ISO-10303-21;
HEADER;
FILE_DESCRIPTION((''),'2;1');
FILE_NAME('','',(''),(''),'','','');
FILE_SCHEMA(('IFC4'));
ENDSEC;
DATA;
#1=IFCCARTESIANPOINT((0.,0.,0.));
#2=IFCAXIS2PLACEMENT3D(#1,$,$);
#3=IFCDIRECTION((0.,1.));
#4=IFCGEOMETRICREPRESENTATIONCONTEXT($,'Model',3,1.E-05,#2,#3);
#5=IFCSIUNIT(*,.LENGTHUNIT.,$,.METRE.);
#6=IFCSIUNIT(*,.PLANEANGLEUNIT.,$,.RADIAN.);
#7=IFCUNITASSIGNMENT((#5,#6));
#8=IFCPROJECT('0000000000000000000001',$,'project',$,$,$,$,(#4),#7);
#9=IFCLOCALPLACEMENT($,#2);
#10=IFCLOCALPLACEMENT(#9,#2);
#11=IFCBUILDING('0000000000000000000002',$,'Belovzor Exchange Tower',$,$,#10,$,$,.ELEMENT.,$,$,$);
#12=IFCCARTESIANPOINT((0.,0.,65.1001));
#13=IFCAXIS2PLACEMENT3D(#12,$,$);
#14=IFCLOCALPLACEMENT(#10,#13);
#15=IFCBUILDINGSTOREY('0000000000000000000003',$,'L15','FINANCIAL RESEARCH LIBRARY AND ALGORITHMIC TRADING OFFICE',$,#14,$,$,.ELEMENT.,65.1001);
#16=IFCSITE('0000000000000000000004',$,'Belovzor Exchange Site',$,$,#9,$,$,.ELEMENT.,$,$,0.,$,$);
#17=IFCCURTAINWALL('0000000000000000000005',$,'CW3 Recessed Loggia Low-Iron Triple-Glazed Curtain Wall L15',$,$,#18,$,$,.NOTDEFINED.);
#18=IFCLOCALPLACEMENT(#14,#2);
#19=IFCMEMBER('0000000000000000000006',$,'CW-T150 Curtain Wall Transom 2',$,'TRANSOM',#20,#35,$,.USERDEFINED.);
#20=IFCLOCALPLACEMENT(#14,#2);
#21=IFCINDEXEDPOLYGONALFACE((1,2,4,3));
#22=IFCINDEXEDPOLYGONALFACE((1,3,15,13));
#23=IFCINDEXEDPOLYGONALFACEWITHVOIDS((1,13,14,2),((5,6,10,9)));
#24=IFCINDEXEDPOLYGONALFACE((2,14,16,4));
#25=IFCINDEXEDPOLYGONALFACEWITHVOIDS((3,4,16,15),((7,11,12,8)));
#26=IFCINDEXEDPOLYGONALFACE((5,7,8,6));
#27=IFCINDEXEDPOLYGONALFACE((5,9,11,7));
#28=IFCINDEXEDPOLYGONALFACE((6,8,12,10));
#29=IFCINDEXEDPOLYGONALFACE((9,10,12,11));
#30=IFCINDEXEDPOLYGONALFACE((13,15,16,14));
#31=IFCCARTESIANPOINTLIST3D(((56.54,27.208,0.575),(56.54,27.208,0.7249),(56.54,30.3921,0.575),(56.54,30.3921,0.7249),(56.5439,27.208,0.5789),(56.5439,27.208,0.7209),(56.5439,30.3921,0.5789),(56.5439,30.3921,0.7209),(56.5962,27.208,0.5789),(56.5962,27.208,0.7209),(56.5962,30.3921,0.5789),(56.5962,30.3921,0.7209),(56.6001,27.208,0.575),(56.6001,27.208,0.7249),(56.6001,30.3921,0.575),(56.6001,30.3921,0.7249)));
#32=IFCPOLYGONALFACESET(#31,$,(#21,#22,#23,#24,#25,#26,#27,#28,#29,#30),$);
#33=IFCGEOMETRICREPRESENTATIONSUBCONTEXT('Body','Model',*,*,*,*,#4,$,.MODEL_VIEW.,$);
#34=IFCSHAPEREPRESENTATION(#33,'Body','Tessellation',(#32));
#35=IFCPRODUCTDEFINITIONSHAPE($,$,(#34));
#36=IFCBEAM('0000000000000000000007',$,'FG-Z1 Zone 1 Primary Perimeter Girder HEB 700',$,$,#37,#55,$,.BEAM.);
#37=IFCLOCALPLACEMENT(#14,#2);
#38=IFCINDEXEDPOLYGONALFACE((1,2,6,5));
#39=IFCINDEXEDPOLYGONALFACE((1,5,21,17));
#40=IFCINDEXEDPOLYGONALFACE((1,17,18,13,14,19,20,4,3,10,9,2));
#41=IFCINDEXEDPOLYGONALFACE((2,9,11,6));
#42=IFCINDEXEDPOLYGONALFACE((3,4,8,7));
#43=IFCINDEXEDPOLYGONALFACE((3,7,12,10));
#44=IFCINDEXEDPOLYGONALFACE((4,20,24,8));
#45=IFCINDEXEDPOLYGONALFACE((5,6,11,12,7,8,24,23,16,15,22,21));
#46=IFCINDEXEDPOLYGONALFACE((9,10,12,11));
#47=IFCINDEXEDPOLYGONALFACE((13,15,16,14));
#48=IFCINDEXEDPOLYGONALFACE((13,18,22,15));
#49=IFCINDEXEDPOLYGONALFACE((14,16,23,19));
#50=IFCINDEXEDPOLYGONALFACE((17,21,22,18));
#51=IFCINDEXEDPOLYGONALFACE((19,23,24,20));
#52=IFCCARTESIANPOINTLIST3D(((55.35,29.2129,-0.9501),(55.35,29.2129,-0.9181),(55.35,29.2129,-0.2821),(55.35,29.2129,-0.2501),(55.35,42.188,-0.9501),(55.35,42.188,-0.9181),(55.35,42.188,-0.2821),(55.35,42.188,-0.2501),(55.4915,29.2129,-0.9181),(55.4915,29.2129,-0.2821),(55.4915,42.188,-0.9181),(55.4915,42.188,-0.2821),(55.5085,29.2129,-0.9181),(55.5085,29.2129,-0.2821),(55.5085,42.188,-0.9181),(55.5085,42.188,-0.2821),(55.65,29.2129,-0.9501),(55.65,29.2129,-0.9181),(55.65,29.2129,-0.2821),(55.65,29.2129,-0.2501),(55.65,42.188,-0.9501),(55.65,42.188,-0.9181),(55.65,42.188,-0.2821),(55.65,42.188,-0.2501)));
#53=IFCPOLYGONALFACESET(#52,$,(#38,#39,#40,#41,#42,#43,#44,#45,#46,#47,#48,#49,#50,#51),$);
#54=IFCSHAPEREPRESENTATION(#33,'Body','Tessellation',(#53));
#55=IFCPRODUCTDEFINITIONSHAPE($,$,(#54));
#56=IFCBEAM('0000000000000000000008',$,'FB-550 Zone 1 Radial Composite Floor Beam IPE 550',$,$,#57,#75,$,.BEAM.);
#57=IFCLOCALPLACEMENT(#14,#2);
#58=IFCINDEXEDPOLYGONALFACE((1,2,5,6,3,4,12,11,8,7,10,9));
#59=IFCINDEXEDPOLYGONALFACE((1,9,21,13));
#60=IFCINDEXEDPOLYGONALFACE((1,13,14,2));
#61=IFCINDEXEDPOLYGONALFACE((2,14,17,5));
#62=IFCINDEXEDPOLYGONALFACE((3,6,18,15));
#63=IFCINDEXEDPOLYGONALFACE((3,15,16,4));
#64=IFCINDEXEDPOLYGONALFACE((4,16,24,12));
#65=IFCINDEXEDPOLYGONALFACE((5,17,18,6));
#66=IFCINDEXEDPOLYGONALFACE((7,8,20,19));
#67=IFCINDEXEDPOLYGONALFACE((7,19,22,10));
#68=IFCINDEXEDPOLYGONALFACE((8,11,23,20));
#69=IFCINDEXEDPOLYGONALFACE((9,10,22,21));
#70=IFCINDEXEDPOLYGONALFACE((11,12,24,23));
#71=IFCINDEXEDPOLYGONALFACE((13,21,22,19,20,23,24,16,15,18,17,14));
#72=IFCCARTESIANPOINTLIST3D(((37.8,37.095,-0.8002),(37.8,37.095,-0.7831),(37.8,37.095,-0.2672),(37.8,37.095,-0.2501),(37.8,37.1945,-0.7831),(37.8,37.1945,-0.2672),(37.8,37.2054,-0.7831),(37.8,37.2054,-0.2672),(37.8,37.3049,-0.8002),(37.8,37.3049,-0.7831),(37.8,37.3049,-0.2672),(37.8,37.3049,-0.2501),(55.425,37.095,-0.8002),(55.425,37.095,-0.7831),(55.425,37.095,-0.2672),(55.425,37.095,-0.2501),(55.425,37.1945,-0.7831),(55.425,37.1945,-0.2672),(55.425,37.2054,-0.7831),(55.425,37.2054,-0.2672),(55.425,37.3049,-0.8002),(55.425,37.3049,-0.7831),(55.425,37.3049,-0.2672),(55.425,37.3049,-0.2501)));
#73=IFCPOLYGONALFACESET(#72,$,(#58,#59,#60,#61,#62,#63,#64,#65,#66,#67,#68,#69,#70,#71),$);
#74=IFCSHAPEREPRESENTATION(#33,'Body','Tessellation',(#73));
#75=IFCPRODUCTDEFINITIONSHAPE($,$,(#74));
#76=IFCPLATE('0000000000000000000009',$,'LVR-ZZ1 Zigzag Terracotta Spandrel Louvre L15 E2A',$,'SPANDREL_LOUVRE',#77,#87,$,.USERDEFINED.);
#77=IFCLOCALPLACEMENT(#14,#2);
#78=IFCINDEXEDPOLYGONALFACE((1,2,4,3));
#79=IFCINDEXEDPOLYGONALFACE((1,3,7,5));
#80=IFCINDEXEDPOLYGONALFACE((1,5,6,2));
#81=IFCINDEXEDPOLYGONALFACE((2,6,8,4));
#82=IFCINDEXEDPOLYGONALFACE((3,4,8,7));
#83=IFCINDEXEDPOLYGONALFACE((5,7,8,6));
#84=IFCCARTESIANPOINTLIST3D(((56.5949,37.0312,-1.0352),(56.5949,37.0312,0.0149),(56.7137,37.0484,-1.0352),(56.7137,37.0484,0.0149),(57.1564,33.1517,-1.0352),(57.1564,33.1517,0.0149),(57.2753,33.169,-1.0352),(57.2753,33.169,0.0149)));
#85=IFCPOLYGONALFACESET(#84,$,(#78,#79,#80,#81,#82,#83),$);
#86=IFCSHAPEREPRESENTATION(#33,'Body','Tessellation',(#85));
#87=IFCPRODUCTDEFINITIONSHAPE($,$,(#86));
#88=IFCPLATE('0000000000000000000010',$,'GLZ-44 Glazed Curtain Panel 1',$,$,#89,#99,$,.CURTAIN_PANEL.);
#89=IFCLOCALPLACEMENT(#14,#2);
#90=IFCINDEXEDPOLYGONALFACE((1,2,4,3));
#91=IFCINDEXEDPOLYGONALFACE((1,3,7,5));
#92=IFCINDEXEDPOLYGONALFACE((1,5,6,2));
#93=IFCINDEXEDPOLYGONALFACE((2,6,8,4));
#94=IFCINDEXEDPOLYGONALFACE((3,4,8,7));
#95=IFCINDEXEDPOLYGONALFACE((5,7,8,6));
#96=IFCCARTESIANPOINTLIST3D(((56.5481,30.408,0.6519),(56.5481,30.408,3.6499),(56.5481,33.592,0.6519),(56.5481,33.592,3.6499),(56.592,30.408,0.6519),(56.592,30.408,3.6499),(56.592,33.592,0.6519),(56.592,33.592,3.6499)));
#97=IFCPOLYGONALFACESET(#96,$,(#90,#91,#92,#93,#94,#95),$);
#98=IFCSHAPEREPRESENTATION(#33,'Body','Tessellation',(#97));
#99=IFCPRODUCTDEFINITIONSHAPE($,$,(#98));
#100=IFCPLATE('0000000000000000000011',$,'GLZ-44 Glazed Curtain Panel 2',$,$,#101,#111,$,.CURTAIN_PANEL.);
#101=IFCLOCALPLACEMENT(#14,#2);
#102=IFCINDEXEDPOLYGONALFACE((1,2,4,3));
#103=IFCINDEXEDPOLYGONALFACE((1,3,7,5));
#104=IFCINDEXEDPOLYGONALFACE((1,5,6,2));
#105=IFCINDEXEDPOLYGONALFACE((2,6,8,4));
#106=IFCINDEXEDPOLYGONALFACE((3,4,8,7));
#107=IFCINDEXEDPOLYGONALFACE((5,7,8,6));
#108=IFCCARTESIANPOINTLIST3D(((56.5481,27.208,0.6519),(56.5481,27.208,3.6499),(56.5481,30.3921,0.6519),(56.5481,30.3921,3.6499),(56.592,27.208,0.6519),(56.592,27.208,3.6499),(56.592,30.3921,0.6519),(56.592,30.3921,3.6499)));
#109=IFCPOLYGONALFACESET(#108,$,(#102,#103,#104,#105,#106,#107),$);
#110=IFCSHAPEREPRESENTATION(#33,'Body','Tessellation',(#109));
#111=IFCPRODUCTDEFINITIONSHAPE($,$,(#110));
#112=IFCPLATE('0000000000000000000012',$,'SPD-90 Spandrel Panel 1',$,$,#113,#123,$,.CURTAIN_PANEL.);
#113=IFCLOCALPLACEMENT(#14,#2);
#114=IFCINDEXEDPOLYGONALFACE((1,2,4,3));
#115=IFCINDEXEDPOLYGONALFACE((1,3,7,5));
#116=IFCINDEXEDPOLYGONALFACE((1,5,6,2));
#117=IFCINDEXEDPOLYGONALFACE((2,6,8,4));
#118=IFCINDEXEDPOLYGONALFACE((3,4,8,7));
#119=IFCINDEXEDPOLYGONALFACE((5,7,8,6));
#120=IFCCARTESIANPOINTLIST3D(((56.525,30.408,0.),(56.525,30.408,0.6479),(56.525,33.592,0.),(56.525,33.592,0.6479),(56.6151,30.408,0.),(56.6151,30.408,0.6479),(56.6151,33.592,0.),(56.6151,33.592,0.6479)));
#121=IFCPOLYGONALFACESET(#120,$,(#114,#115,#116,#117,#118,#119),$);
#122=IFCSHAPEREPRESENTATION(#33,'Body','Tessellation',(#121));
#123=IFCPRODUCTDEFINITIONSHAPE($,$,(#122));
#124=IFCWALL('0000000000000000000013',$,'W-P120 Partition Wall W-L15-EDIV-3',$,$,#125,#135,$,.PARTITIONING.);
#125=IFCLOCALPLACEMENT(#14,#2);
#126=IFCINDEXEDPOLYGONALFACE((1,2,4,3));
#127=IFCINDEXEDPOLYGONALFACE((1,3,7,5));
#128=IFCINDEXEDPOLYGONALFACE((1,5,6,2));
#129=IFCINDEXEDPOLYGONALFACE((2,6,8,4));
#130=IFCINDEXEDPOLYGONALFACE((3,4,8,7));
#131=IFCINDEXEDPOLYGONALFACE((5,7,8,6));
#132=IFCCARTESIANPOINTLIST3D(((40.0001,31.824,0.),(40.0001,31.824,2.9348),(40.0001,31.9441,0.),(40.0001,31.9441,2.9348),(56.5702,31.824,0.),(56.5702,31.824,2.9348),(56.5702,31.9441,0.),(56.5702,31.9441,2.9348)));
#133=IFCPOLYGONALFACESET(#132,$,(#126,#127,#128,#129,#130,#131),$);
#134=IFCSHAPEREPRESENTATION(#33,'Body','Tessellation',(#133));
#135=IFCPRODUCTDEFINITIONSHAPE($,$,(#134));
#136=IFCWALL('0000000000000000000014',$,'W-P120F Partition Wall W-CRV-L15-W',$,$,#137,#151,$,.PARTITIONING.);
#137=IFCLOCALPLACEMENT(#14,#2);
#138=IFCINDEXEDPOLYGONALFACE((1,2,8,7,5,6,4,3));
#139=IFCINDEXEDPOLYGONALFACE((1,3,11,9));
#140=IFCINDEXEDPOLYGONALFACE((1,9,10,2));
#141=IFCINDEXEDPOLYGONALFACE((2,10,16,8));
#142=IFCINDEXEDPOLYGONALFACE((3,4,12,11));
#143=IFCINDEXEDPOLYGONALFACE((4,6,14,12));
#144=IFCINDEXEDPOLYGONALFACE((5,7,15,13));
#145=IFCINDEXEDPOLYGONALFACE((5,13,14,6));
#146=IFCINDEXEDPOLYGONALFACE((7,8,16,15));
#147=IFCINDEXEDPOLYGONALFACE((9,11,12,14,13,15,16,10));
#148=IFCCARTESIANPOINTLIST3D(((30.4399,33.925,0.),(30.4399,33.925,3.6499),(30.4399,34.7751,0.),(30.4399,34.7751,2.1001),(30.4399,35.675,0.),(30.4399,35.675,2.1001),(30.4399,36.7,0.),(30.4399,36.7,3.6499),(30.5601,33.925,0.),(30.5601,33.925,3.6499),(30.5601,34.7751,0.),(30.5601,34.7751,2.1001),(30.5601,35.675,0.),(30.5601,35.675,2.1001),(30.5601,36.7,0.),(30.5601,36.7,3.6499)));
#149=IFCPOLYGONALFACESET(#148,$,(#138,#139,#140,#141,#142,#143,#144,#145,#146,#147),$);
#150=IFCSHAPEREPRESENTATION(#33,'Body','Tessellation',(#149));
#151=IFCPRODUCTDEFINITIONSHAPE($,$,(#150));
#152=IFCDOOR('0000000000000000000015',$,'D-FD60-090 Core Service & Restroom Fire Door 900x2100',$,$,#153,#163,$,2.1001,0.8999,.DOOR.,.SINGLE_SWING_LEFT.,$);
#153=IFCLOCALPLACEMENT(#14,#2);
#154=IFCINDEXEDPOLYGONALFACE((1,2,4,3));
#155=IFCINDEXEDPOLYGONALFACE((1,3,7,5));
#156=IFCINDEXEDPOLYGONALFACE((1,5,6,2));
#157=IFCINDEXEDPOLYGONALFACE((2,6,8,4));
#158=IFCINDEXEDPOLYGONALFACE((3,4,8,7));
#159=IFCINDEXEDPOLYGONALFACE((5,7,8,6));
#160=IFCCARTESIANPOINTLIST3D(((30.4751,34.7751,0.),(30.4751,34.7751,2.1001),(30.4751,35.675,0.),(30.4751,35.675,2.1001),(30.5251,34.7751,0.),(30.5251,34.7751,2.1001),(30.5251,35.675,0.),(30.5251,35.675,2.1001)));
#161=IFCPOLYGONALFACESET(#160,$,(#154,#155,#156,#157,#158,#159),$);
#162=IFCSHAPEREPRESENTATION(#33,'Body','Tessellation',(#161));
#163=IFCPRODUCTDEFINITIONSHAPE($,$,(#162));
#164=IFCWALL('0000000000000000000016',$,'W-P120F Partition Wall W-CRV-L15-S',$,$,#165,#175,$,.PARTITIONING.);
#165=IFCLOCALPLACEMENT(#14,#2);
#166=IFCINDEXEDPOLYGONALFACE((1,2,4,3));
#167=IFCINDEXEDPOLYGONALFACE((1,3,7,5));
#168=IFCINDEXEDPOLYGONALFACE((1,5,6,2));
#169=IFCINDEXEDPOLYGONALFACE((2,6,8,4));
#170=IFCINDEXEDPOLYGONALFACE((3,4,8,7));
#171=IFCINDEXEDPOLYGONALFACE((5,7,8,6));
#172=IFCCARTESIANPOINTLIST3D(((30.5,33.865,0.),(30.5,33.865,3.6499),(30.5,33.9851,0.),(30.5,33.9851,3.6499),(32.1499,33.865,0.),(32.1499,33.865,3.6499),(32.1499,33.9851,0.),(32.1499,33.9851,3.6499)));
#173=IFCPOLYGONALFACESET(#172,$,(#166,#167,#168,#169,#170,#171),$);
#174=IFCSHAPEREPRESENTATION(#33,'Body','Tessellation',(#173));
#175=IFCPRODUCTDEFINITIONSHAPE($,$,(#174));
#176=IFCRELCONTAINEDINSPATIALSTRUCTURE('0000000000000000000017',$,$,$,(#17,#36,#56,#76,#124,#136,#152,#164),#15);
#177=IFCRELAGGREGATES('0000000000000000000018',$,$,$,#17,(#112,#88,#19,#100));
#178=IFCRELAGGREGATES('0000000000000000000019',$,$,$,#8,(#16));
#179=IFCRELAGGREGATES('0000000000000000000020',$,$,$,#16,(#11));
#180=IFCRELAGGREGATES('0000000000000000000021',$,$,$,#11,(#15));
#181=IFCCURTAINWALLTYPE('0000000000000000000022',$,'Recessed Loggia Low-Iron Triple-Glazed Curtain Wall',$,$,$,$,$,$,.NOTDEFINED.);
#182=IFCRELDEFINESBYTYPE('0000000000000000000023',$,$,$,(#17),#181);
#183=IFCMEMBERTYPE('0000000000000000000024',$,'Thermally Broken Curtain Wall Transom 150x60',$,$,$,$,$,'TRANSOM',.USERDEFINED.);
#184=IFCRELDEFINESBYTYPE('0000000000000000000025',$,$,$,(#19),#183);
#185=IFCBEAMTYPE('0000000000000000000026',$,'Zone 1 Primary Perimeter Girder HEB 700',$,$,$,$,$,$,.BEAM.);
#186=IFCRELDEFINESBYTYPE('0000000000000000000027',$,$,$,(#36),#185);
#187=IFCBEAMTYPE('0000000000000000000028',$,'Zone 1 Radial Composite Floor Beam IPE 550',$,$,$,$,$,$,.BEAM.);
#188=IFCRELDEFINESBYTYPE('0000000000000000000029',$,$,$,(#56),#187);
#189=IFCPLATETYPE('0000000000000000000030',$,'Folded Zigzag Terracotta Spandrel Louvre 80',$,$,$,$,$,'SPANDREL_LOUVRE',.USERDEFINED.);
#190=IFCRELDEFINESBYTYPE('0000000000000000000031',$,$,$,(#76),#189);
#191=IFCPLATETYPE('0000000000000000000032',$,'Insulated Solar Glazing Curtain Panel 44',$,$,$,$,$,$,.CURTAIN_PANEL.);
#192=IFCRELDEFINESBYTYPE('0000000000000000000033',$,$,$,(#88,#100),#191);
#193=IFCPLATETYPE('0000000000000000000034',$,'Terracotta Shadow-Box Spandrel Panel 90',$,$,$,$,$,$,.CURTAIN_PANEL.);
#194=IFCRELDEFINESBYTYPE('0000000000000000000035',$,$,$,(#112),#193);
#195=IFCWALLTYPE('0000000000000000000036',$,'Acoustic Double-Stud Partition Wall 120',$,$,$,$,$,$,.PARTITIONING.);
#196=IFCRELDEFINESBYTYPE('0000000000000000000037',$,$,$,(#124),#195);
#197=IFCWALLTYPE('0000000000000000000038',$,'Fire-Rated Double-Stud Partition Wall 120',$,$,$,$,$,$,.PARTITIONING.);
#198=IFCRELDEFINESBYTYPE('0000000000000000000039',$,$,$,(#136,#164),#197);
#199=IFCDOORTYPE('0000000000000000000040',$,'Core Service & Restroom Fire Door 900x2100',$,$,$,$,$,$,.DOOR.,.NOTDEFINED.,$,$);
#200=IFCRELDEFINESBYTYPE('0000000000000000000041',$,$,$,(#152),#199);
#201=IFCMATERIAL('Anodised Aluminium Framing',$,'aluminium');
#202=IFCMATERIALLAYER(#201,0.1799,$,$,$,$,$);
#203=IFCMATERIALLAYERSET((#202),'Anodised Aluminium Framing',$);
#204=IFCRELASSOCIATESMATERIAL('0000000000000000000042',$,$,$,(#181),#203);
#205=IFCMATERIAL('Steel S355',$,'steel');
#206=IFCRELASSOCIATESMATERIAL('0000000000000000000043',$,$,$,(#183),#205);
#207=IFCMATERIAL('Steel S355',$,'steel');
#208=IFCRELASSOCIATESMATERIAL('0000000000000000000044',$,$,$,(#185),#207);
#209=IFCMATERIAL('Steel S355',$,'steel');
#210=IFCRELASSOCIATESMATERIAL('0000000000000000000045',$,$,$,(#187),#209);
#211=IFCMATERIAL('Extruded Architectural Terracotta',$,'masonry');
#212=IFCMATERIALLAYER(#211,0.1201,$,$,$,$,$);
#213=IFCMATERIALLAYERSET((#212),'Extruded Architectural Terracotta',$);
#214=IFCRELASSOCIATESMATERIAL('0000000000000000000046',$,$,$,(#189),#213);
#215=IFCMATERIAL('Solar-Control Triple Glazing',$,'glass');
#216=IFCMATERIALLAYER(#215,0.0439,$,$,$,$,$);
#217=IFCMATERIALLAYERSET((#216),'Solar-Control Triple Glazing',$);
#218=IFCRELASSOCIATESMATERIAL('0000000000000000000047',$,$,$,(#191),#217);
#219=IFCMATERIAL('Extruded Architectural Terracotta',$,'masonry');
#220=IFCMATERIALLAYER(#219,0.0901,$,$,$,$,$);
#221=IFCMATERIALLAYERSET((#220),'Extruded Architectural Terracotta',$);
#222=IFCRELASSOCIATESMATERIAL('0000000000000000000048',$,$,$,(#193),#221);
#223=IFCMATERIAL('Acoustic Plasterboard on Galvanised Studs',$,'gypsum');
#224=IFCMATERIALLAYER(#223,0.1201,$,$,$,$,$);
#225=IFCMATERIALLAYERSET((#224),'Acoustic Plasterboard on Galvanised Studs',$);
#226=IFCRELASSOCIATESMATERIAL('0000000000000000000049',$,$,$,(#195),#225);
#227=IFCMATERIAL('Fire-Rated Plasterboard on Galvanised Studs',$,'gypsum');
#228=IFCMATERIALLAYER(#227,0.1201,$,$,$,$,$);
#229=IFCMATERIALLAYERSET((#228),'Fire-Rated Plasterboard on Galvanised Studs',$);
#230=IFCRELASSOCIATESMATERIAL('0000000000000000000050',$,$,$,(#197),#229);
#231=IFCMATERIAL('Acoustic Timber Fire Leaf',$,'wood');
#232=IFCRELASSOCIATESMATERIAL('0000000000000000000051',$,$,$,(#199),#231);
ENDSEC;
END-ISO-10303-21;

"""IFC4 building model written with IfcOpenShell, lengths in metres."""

from ifc_helpers import new_model, si_unit, direction, frame, frame_2d, origin, origin_2d, place, context, subcontext, project, spatial, rectangle, hollow_rectangle, i_section, extrude, material, layer, layer_set, material_profile, profile_set, type_object, element, fill, aggregate, save


model = new_model("IFC4")

# Units and contexts
model_context = context("Model", 3, precision=1e-05, world=origin(), true_north=direction((0.0, 1.0)))
body_context = subcontext(model_context, "Body", "Model", "MODEL_VIEW")
ifc_project = project(units=[si_unit("LENGTHUNIT", "METRE"), si_unit("PLANEANGLEUNIT", "RADIAN")], contexts=[model_context])

# Site, building, storey
site_placement = place(None, origin())
site = spatial("IfcSite", under=ifc_project, at=site_placement, Name="Belovzor Exchange Site", CompositionType="ELEMENT", RefElevation=0.0)
building_placement = place(site_placement, origin())
building = spatial("IfcBuilding", under=site, at=building_placement, Name="Belovzor Exchange Tower", CompositionType="ELEMENT")
storey_placement = place(building_placement, frame((0.0, 0.0, 65.1001)))
storey = spatial("IfcBuildingStorey", under=building, at=storey_placement, Name="L15", Description="FINANCIAL RESEARCH LIBRARY AND ALGORITHMIC TRADING OFFICE", CompositionType="ELEMENT", Elevation=65.1001)

# Curtain wall, member
ifc_material_1 = material(Name="Anodised Aluminium Framing", Category="aluminium")
ifc_layer_1 = layer(ifc_material_1, 0.1799)
ifc_layer_set_1 = layer_set([ifc_layer_1], Name="Anodised Aluminium Framing")
curtain_wall_type = type_object("IfcCurtainWallType", Name="Recessed Loggia Low-Iron Triple-Glazed Curtain Wall", PredefinedType="NOTDEFINED", material=ifc_layer_set_1)
curtain_wall_placement = place(storey_placement, origin())
curtain_wall = element("IfcCurtainWall", 1, at=curtain_wall_placement, inside=storey, type_object=curtain_wall_type, Name="CW3 Recessed Loggia Low-Iron Triple-Glazed Curtain Wall L15", PredefinedType="NOTDEFINED")
ifc_material_2 = material(Name="Steel S355", Category="steel")
ifc_material_profile_1 = material_profile(ifc_material_2, hollow_rectangle(XDim=0.0601, YDim=0.1499, WallThickness=0.0039, at=origin_2d()))
ifc_profile_set_1 = profile_set([ifc_material_profile_1], Name="Steel S355")
member_type_1 = type_object("IfcMemberType", Name="Thermally Broken Curtain Wall Transom 150x60", ElementType="TRANSOM", PredefinedType="USERDEFINED", material=ifc_profile_set_1)
member_1_placement = place(storey_placement, frame((56.5701, 30.3921, 0.6499), z_axis=(0.0, -1.0, 0.0), x_axis=(1.0, 0.0, 0.0)))
member_1 = element("IfcMember", 2, at=member_1_placement, type_object=member_type_1, Name="CW-T150 Curtain Wall Transom 2", ObjectType="TRANSOM", PredefinedType="USERDEFINED", context=body_context, shape_type="SweptSolid", body=[
    extrude(hollow_rectangle(XDim=0.0601, YDim=0.1499, WallThickness=0.0039, at=origin_2d()), origin(), (0.0, 0.0, 1.0), 3.1841),
])

# Beams
ifc_material_3 = material(Name="Steel S355", Category="steel")
ifc_material_profile_2 = material_profile(ifc_material_3, i_section(OverallWidth=0.3, OverallDepth=0.7, WebThickness=0.0171, FlangeThickness=0.032, at=origin_2d()))
ifc_profile_set_2 = profile_set([ifc_material_profile_2], Name="Steel S355")
beam_type_1 = type_object("IfcBeamType", Name="Zone 1 Primary Perimeter Girder HEB 700", PredefinedType="BEAM", material=ifc_profile_set_2)
beam_1_placement = place(storey_placement, frame((55.5, 29.2129, -0.6001), z_axis=(0.0, 1.0, 0.0), x_axis=(-1.0, 0.0, 0.0)))
element("IfcBeam", 3, at=beam_1_placement, inside=storey, type_object=beam_type_1, Name="FG-Z1 Zone 1 Primary Perimeter Girder HEB 700", PredefinedType="BEAM", context=body_context, shape_type="SweptSolid", body=[
    extrude(i_section(OverallWidth=0.3, OverallDepth=0.7, WebThickness=0.0171, FlangeThickness=0.032, at=origin_2d()), origin(), (0.0, 0.0, 1.0), 12.9751),
])
ifc_material_4 = material(Name="Steel S355", Category="steel")
ifc_material_profile_3 = material_profile(ifc_material_4, i_section(OverallWidth=0.21, OverallDepth=0.55, WebThickness=0.011, FlangeThickness=0.0171, at=origin_2d()))
ifc_profile_set_3 = profile_set([ifc_material_profile_3], Name="Steel S355")
beam_type_2 = type_object("IfcBeamType", Name="Zone 1 Radial Composite Floor Beam IPE 550", PredefinedType="BEAM", material=ifc_profile_set_3)
beam_2_placement = place(storey_placement, frame((37.8, 37.2, -0.5251), z_axis=(1.0, 0.0, 0.0), x_axis=(0.0, 1.0, 0.0)))
element("IfcBeam", 4, at=beam_2_placement, inside=storey, type_object=beam_type_2, Name="FB-550 Zone 1 Radial Composite Floor Beam IPE 550", PredefinedType="BEAM", context=body_context, shape_type="SweptSolid", body=[
    extrude(i_section(OverallWidth=0.21, OverallDepth=0.55, WebThickness=0.011, FlangeThickness=0.0171, at=origin_2d()), origin(), (0.0, 0.0, 1.0), 17.625),
])

# Plates
ifc_material_5 = material(Name="Extruded Architectural Terracotta", Category="masonry")
ifc_layer_2 = layer(ifc_material_5, 0.1201)
ifc_layer_set_2 = layer_set([ifc_layer_2], Name="Extruded Architectural Terracotta")
plate_type_1 = type_object("IfcPlateType", Name="Folded Zigzag Terracotta Spandrel Louvre 80", ElementType="SPANDREL_LOUVRE", PredefinedType="USERDEFINED", material=ifc_layer_set_2)
plate_1_placement = place(storey_placement, frame((56.9351, 35.1001, -1.0352), z_axis=(0.0, 0.0, 1.0), x_axis=(-0.143251, 0.989686, 0.0)))
element("IfcPlate", 5, at=plate_1_placement, inside=storey, type_object=plate_type_1, Name="LVR-ZZ1 Zigzag Terracotta Spandrel Louvre L15 E2A", ObjectType="SPANDREL_LOUVRE", PredefinedType="USERDEFINED", context=body_context, shape_type="SweptSolid", body=[
    extrude(rectangle(XDim=3.9199, YDim=0.1201, at=origin_2d()), origin(), (0.0, 0.0, 1.0), 1.05),
])
ifc_material_6 = material(Name="Solar-Control Triple Glazing", Category="glass")
ifc_layer_3 = layer(ifc_material_6, 0.0439)
ifc_layer_set_3 = layer_set([ifc_layer_3], Name="Solar-Control Triple Glazing")
plate_type_2 = type_object("IfcPlateType", Name="Insulated Solar Glazing Curtain Panel 44", PredefinedType="CURTAIN_PANEL", material=ifc_layer_set_3)
plate_2_placement = place(storey_placement, frame((56.5701, 32.0, 0.6519), z_axis=(0.0, 0.0, 1.0), x_axis=(0.0, -1.0, 0.0)))
plate_2 = element("IfcPlate", 6, at=plate_2_placement, type_object=plate_type_2, Name="GLZ-44 Glazed Curtain Panel 1", PredefinedType="CURTAIN_PANEL", context=body_context, shape_type="SweptSolid", body=[
    extrude(rectangle(XDim=3.1841, YDim=0.0439, at=origin_2d()), origin(), (0.0, 0.0, 1.0), 2.998),
])
plate_3_placement = place(storey_placement, frame((56.5701, 28.8, 0.6519), z_axis=(0.0, 0.0, 1.0), x_axis=(0.0, -1.0, 0.0)))
plate_3 = element("IfcPlate", 7, at=plate_3_placement, type_object=plate_type_2, Name="GLZ-44 Glazed Curtain Panel 2", PredefinedType="CURTAIN_PANEL", context=body_context, shape_type="SweptSolid", body=[
    extrude(rectangle(XDim=3.1841, YDim=0.0439, at=origin_2d()), origin(), (0.0, 0.0, 1.0), 2.998),
])
ifc_material_7 = material(Name="Extruded Architectural Terracotta", Category="masonry")
ifc_layer_4 = layer(ifc_material_7, 0.0901)
ifc_layer_set_4 = layer_set([ifc_layer_4], Name="Extruded Architectural Terracotta")
plate_type_3 = type_object("IfcPlateType", Name="Terracotta Shadow-Box Spandrel Panel 90", PredefinedType="CURTAIN_PANEL", material=ifc_layer_set_4)
plate_4_placement = place(storey_placement, frame((56.5701, 32.0, 0.0), z_axis=(0.0, 0.0, 1.0), x_axis=(0.0, -1.0, 0.0)))
plate_4 = element("IfcPlate", 8, at=plate_4_placement, type_object=plate_type_3, Name="SPD-90 Spandrel Panel 1", PredefinedType="CURTAIN_PANEL", context=body_context, shape_type="SweptSolid", body=[
    extrude(rectangle(XDim=3.1841, YDim=0.0901, at=origin_2d()), origin(), (0.0, 0.0, 1.0), 0.6479),
])
aggregate(curtain_wall, [plate_4, plate_2, member_1, plate_3])

# Wall
ifc_material_8 = material(Name="Acoustic Plasterboard on Galvanised Studs", Category="gypsum")
ifc_layer_5 = layer(ifc_material_8, 0.1201)
ifc_layer_set_5 = layer_set([ifc_layer_5], Name="Acoustic Plasterboard on Galvanised Studs")
wall_type_1 = type_object("IfcWallType", Name="Acoustic Double-Stud Partition Wall 120", PredefinedType="PARTITIONING", material=ifc_layer_set_5)
wall_1_placement = place(storey_placement, frame((40.0, 31.884, 0.0), z_axis=(0.0, 0.0, 1.0), x_axis=(1.0, 0.0, 0.0)))
element("IfcWall", 9, at=wall_1_placement, inside=storey, type_object=wall_type_1, Name="W-P120 Partition Wall W-L15-EDIV-3", PredefinedType="PARTITIONING", context=body_context, shape_type="SweptSolid", body=[
    extrude(rectangle(XDim=16.5701, YDim=0.1201, at=frame_2d((8.2852, 0.0))), origin(), (0.0, 0.0, 1.0), 2.9348),
])

# Wall, opening, door
ifc_material_9 = material(Name="Fire-Rated Plasterboard on Galvanised Studs", Category="gypsum")
ifc_layer_6 = layer(ifc_material_9, 0.1201)
ifc_layer_set_6 = layer_set([ifc_layer_6], Name="Fire-Rated Plasterboard on Galvanised Studs")
wall_type_2 = type_object("IfcWallType", Name="Fire-Rated Double-Stud Partition Wall 120", PredefinedType="PARTITIONING", material=ifc_layer_set_6)
wall_2_placement = place(storey_placement, frame((30.5, 33.925, 0.0), z_axis=(0.0, 0.0, 1.0), x_axis=(0.0, 1.0, 0.0)))
wall_2 = element("IfcWall", 10, at=wall_2_placement, inside=storey, type_object=wall_type_2, Name="W-P120F Partition Wall W-CRV-L15-W", PredefinedType="PARTITIONING", context=body_context, shape_type="SweptSolid", body=[
    extrude(rectangle(XDim=2.7749, YDim=0.1201, at=frame_2d((1.3875, 0.0))), origin(), (0.0, 0.0, 1.0), 3.6499),
])
opening_placement = place(wall_2_placement, frame((0.8501, 0.0, 0.0)))
opening = element("IfcOpeningElement", 11, at=opening_placement, cuts=wall_2, PredefinedType="OPENING", context=body_context, shape_type="SweptSolid", body=[
    extrude(rectangle(XDim=0.8999, YDim=2.1001, at=frame_2d((0.45, 1.05))), frame((0.0, 0.0701, 0.0), z_axis=(0.0, -1.0, 0.0), x_axis=(1.0, 0.0, 0.0)), (0.0, 0.0, 1.0), 0.1401),
])
ifc_material_10 = material(Name="Acoustic Timber Fire Leaf", Category="wood")
door_type = type_object("IfcDoorType", Name="Core Service & Restroom Fire Door 900x2100", OperationType="NOTDEFINED", PredefinedType="DOOR", material=ifc_material_10)
door_placement = place(opening_placement, origin())
door = element("IfcDoor", 12, at=door_placement, inside=storey, type_object=door_type, Name="D-FD60-090 Core Service & Restroom Fire Door 900x2100", OperationType="SINGLE_SWING_LEFT", OverallHeight=2.1001, OverallWidth=0.8999, PredefinedType="DOOR", context=body_context, shape_type="SweptSolid", body=[
    extrude(rectangle(XDim=0.8999, YDim=2.1001, at=frame_2d((0.45, 1.05))), frame((0.0, 0.0249, 0.0), z_axis=(0.0, -1.0, 0.0), x_axis=(1.0, 0.0, 0.0)), (0.0, 0.0, 1.0), 0.05),
])
fill(opening, door)

# Wall
wall_3_placement = place(storey_placement, frame((30.5, 33.925, 0.0), z_axis=(0.0, 0.0, 1.0), x_axis=(1.0, 0.0, 0.0)))
element("IfcWall", 13, at=wall_3_placement, inside=storey, type_object=wall_type_2, Name="W-P120F Partition Wall W-CRV-L15-S", PredefinedType="PARTITIONING", context=body_context, shape_type="SweptSolid", body=[
    extrude(rectangle(XDim=1.6499, YDim=0.1201, at=frame_2d((0.825, 0.0))), origin(), (0.0, 0.0, 1.0), 3.6499),
])

save(model, "model.ifc")
